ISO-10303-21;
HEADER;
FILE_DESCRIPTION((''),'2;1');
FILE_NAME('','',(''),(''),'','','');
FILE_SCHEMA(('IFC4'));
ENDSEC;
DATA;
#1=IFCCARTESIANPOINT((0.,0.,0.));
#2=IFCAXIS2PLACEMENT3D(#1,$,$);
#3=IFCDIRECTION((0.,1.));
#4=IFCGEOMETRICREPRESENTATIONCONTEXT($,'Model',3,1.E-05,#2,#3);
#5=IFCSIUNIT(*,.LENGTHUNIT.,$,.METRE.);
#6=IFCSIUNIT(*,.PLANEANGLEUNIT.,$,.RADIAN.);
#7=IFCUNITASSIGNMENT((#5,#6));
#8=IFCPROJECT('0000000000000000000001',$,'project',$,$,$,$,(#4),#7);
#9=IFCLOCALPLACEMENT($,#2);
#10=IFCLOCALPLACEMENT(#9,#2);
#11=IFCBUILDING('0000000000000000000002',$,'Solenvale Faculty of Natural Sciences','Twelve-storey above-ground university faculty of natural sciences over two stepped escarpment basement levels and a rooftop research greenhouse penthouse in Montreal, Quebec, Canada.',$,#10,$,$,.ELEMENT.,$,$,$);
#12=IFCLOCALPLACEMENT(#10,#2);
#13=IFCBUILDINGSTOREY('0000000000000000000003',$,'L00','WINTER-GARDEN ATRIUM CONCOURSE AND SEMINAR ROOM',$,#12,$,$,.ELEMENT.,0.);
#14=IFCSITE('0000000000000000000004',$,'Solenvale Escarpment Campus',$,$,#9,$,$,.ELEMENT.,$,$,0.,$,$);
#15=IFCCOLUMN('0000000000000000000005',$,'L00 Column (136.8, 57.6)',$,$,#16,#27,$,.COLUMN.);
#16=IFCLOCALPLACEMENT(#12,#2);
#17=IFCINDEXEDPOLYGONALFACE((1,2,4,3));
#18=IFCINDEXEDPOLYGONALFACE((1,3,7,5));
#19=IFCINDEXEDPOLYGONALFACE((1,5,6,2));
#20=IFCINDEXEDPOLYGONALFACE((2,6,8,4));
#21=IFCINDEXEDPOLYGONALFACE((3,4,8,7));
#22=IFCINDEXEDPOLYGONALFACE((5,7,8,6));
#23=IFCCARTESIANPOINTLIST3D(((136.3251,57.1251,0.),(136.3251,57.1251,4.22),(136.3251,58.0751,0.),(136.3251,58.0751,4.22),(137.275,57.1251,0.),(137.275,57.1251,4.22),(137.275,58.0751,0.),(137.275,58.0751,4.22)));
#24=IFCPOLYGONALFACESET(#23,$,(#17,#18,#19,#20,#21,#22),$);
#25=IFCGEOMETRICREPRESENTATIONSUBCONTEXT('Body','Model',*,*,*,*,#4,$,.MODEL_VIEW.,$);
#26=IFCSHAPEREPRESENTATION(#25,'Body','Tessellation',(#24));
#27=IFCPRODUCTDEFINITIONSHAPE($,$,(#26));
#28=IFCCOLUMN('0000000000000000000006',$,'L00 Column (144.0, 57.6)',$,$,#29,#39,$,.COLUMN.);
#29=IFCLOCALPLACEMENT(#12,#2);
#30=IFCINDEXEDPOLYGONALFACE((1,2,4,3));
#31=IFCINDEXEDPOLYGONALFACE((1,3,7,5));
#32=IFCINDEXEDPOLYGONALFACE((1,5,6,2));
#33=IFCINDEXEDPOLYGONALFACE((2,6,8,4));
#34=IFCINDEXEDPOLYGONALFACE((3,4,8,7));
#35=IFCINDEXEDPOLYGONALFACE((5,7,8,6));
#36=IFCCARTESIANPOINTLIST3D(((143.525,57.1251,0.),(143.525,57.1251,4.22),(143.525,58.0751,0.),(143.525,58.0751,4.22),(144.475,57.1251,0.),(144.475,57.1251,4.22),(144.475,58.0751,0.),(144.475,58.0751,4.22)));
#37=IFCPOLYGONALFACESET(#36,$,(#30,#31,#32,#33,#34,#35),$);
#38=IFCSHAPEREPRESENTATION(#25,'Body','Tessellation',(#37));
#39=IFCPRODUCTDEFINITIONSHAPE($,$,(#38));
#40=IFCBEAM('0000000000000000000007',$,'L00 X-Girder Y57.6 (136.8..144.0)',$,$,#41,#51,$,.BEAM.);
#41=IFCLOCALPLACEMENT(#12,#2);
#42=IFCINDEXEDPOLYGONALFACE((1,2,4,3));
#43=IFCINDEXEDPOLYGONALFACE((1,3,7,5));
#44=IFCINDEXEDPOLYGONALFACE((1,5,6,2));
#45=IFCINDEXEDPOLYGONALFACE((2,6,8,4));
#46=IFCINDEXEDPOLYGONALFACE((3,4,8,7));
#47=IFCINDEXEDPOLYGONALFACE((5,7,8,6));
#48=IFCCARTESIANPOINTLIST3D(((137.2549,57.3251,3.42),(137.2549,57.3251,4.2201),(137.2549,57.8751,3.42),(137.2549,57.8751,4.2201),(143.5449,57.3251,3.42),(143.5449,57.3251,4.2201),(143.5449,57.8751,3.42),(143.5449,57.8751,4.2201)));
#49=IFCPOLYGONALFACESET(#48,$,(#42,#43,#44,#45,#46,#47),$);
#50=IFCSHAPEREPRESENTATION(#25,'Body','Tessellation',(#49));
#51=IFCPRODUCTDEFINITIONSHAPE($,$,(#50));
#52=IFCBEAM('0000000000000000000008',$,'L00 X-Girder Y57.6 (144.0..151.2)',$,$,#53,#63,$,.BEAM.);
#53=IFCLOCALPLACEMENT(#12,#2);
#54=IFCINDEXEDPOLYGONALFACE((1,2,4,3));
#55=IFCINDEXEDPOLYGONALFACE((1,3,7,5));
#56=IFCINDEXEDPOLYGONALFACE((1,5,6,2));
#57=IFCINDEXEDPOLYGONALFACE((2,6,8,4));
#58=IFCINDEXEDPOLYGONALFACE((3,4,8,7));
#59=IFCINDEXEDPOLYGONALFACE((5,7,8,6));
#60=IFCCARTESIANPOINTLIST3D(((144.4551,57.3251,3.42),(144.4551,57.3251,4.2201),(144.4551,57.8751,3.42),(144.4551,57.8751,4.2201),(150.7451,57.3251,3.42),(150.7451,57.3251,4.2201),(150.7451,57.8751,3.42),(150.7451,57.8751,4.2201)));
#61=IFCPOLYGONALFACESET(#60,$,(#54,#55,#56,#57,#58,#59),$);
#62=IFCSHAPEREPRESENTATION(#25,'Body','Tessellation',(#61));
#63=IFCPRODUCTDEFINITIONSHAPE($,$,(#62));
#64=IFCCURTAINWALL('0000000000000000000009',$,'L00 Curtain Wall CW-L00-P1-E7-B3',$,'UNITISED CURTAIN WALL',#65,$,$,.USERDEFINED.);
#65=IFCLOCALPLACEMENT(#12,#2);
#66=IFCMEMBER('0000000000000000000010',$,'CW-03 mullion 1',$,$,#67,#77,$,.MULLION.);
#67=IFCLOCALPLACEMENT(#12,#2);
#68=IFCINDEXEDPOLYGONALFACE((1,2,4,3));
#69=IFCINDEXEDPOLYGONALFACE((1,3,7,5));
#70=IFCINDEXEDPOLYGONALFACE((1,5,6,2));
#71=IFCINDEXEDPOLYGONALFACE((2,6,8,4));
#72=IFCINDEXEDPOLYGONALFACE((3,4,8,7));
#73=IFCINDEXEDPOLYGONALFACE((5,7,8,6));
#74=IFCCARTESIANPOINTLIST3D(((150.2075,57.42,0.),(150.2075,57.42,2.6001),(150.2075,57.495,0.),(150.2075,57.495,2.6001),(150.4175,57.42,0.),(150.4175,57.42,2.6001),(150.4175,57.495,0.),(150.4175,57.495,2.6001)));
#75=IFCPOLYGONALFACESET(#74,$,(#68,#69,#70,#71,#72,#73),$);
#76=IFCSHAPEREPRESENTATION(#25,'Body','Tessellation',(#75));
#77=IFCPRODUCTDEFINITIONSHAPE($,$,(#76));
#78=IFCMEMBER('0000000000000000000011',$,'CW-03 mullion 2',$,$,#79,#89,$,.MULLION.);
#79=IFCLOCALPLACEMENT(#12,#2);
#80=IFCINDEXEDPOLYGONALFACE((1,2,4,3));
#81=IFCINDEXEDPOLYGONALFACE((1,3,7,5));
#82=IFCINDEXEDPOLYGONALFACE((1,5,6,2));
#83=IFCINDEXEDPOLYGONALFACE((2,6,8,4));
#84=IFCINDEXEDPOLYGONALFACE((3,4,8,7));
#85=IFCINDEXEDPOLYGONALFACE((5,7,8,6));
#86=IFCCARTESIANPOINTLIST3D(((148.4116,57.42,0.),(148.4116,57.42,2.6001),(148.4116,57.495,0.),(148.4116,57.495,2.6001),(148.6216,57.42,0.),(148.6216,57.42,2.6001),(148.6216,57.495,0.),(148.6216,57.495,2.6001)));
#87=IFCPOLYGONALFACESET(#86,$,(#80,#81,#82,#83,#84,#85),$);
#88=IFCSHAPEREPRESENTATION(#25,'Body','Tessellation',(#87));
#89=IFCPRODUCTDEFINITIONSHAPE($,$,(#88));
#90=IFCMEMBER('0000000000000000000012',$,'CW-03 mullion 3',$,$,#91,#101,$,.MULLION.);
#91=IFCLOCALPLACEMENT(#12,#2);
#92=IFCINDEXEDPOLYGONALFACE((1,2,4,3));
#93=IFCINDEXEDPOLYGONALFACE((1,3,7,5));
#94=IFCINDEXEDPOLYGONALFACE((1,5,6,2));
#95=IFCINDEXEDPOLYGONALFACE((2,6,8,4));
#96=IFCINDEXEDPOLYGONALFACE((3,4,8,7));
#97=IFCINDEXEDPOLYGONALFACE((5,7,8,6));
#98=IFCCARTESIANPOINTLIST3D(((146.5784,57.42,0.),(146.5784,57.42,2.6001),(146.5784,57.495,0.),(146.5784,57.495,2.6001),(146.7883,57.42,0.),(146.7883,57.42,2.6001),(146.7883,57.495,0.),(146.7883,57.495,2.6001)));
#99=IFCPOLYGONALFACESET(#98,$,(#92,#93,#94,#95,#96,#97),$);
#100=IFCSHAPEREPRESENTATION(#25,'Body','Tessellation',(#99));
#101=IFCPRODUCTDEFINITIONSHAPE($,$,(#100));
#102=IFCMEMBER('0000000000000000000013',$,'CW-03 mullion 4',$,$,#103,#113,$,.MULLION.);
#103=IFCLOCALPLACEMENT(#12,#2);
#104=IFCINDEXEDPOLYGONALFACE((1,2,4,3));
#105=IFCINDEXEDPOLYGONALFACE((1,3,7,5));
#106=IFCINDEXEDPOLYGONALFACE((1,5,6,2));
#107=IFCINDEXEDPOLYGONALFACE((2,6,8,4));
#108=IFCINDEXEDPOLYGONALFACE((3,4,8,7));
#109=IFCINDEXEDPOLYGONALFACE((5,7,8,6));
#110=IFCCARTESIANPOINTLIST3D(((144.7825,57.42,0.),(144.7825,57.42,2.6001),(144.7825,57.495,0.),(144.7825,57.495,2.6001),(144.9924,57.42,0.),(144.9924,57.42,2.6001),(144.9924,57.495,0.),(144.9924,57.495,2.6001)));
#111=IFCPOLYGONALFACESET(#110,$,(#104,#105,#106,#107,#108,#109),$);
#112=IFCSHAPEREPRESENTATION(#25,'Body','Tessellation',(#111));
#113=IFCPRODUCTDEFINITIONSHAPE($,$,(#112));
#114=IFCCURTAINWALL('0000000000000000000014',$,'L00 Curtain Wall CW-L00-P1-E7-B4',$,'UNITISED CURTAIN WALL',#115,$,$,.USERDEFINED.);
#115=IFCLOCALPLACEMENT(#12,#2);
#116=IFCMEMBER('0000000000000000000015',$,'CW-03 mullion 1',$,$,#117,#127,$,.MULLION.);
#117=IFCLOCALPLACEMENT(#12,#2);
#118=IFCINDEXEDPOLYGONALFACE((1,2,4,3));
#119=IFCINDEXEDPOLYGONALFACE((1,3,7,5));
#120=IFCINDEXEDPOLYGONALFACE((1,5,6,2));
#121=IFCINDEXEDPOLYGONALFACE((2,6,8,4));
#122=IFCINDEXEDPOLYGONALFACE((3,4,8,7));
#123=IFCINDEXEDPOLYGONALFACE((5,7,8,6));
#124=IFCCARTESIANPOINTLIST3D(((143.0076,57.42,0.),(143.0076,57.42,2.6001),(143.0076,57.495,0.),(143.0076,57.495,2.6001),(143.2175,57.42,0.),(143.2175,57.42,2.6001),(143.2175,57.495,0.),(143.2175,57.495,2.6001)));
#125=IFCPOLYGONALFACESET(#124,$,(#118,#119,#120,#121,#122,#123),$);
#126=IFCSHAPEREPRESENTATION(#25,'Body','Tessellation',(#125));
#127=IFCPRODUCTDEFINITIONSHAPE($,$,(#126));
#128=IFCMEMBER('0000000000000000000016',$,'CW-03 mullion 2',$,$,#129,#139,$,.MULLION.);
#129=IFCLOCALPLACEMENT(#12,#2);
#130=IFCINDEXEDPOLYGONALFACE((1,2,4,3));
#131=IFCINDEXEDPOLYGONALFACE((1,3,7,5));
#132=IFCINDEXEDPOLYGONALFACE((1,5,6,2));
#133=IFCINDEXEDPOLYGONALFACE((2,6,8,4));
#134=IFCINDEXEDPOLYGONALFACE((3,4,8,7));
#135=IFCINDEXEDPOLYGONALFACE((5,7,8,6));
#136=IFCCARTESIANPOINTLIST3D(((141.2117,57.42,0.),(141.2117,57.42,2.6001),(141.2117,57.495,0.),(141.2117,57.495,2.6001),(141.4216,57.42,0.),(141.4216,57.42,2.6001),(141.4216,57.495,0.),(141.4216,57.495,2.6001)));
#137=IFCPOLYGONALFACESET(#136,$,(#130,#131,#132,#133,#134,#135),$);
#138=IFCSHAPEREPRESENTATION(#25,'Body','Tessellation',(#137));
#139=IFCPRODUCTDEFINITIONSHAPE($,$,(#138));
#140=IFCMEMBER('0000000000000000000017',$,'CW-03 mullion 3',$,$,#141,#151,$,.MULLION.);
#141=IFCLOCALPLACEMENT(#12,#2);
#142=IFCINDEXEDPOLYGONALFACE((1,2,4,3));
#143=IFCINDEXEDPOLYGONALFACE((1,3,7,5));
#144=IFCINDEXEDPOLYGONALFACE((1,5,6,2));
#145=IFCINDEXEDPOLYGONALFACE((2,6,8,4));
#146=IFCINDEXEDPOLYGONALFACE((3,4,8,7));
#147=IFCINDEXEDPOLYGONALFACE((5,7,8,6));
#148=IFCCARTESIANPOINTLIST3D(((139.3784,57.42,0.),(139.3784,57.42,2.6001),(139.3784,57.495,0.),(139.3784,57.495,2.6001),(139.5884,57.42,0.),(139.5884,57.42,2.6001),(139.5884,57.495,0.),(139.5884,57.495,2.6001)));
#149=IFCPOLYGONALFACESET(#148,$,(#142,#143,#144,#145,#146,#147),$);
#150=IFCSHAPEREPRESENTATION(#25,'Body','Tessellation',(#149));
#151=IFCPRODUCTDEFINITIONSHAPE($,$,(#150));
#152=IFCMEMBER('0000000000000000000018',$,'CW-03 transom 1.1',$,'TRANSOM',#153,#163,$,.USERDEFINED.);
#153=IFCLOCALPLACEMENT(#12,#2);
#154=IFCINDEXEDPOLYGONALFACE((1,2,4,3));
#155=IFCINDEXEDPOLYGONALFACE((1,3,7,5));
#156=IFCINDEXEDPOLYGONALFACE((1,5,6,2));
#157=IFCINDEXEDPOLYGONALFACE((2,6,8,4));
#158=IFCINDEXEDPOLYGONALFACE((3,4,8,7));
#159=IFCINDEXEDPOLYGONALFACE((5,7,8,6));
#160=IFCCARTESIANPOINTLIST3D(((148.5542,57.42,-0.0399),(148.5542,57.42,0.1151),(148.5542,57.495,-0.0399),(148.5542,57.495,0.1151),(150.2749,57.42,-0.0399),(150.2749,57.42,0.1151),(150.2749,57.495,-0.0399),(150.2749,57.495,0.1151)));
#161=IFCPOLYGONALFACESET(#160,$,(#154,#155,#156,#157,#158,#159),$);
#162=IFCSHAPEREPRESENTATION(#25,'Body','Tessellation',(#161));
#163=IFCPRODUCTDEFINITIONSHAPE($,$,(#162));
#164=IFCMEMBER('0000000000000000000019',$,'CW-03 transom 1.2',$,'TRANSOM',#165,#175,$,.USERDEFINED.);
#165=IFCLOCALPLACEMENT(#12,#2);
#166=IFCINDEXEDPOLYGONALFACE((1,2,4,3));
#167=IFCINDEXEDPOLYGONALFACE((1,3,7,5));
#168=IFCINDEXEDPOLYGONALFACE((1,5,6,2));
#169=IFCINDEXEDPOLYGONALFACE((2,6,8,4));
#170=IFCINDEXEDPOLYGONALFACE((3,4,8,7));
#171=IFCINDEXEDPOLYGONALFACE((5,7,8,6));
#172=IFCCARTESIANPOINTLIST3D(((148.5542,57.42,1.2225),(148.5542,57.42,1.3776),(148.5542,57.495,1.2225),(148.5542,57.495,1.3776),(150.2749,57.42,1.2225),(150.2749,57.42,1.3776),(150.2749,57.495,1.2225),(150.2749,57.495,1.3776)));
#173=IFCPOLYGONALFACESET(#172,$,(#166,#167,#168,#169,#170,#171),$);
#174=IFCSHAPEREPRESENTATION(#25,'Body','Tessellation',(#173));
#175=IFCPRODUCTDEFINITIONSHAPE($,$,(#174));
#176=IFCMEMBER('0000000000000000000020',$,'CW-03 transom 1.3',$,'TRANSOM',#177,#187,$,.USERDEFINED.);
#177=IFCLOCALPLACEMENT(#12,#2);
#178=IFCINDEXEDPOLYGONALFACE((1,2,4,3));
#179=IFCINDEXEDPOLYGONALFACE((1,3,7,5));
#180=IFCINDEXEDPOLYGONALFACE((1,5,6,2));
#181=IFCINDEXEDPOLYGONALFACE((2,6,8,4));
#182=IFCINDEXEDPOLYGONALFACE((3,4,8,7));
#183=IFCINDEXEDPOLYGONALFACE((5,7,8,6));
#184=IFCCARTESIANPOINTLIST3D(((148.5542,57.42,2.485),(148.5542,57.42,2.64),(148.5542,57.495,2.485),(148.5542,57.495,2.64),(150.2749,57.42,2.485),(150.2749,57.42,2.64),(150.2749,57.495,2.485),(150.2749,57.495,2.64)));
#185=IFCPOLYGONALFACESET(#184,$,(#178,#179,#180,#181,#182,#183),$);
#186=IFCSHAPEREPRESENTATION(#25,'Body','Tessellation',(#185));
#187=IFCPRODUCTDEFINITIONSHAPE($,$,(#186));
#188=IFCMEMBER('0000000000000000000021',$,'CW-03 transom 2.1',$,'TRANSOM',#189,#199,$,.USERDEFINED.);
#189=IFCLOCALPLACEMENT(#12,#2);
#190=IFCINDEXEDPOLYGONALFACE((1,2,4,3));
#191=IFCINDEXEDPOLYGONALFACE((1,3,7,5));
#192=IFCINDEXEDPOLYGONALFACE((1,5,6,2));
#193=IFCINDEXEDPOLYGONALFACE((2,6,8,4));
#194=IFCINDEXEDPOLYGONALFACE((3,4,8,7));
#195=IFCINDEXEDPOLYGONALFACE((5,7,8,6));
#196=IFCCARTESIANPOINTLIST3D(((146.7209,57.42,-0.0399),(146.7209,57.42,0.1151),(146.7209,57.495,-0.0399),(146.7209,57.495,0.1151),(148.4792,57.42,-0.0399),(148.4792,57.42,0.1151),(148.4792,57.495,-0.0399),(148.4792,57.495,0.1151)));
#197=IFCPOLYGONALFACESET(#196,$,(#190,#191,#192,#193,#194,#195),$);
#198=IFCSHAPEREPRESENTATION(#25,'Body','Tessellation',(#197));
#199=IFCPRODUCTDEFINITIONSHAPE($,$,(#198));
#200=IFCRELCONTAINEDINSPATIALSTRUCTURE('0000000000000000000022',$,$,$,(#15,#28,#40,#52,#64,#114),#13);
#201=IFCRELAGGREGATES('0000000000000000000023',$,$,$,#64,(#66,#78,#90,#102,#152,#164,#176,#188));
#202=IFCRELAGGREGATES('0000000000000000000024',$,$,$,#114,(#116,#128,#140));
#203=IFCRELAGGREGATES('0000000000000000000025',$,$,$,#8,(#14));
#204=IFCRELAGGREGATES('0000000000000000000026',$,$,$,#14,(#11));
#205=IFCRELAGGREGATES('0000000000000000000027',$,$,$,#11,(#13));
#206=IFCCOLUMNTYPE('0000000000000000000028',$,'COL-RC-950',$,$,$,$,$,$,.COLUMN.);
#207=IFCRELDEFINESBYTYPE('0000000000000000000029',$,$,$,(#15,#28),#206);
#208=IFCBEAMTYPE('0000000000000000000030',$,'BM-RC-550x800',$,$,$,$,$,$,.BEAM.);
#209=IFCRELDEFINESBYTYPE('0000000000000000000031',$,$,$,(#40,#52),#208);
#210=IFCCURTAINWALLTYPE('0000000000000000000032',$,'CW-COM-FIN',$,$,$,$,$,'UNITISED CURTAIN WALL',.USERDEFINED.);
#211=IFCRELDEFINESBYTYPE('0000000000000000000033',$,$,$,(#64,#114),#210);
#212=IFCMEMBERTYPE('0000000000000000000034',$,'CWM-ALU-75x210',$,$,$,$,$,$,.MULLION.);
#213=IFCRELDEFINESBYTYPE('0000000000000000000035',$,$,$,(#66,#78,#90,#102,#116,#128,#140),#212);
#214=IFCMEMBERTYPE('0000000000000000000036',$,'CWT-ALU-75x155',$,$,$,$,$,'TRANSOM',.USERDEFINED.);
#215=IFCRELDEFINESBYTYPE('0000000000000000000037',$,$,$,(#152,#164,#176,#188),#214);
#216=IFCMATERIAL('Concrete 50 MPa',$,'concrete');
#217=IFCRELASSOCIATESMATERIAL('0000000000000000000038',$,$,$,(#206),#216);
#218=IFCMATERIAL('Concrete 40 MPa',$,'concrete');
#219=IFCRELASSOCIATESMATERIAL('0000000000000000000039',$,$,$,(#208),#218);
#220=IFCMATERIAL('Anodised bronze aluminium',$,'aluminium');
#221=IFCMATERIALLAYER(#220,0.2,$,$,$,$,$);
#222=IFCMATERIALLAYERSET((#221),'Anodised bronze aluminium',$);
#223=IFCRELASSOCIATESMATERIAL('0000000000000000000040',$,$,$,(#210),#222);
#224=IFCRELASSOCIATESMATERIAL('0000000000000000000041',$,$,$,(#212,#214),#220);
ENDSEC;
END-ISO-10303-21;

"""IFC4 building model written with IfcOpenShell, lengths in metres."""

from ifc_helpers import new_model, si_unit, direction, frame, origin, origin_2d, place, context, subcontext, project, spatial, rectangle, extrude, material, layer, layer_set, material_profile, profile_set, type_object, element, aggregate, save


model = new_model("IFC4")

# Units and contexts
model_context = context("Model", 3, precision=1e-05, world=origin(), true_north=direction((0.0, 1.0)))
body_context = subcontext(model_context, "Body", "Model", "MODEL_VIEW")
ifc_project = project(units=[si_unit("LENGTHUNIT", "METRE"), si_unit("PLANEANGLEUNIT", "RADIAN")], contexts=[model_context])

# Site, building, storey
site_placement = place(None, origin())
site = spatial("IfcSite", under=ifc_project, at=site_placement, Name="Solenvale Escarpment Campus", CompositionType="ELEMENT", RefElevation=0.0)
building_placement = place(site_placement, origin())
building = spatial("IfcBuilding", under=site, at=building_placement, Name="Solenvale Faculty of Natural Sciences", Description="Twelve-storey above-ground university faculty of natural sciences over two stepped escarpment basement levels and a rooftop research greenhouse penthouse in Montreal, Quebec, Canada.", CompositionType="ELEMENT")
storey_placement = place(building_placement, origin())
storey = spatial("IfcBuildingStorey", under=building, at=storey_placement, Name="L00", Description="WINTER-GARDEN ATRIUM CONCOURSE AND SEMINAR ROOM", CompositionType="ELEMENT", Elevation=0.0)

# Columns
ifc_material_1 = material(Name="Concrete 50 MPa", Category="concrete")
ifc_material_profile_1 = material_profile(ifc_material_1, rectangle(XDim=0.95, YDim=0.95, at=origin_2d()), Name="RC-COL-950x950")
ifc_profile_set_1 = profile_set([ifc_material_profile_1], Name="Concrete 50 MPa")
column_type = type_object("IfcColumnType", Name="COL-RC-950", PredefinedType="COLUMN", material=ifc_profile_set_1)
for number, where, z_axis, x_axis, name in (
    (1, (136.8, 57.6001, 0.0), (0.0, 0.0, 1.0), (1.0, 0.0, 0.0), "L00 Column (136.8, 57.6)"),
    (2, (144.0, 57.6001, 0.0), (0.0, 0.0, 1.0), (1.0, 0.0, 0.0), "L00 Column (144.0, 57.6)"),
):
    element("IfcColumn", number, at=place(storey_placement, frame(where, z_axis=z_axis, x_axis=x_axis)), inside=storey, type_object=column_type, Name=name, PredefinedType="COLUMN", context=body_context, shape_type="SweptSolid", body=[
        extrude(rectangle(XDim=0.95, YDim=0.95, at=origin_2d()), origin(), (0.0, 0.0, 1.0), 4.22),
    ])

# Beams
ifc_material_2 = material(Name="Concrete 40 MPa", Category="concrete")
ifc_material_profile_2 = material_profile(ifc_material_2, rectangle(XDim=0.55, YDim=0.8, at=origin_2d()), Name="RC-BM-550x800")
ifc_profile_set_2 = profile_set([ifc_material_profile_2], Name="Concrete 40 MPa")
beam_type = type_object("IfcBeamType", Name="BM-RC-550x800", PredefinedType="BEAM", material=ifc_profile_set_2)
for number, where, z_axis, x_axis, name in (
    (3, (137.2549, 57.6001, 3.8201), (1.0, 0.0, 0.0), (0.0, 1.0, 0.0), "L00 X-Girder Y57.6 (136.8..144.0)"),
    (4, (144.4551, 57.6001, 3.8201), (1.0, 0.0, 0.0), (0.0, 1.0, 0.0), "L00 X-Girder Y57.6 (144.0..151.2)"),
):
    element("IfcBeam", number, at=place(storey_placement, frame(where, z_axis=z_axis, x_axis=x_axis)), inside=storey, type_object=beam_type, Name=name, PredefinedType="BEAM", context=body_context, shape_type="SweptSolid", body=[
        extrude(rectangle(XDim=0.55, YDim=0.8, at=origin_2d()), origin(), (0.0, 0.0, 1.0), 6.29),
    ])

# Curtain walls, members
ifc_material_3 = material(Name="Anodised bronze aluminium", Category="aluminium")
ifc_layer_1 = layer(ifc_material_3, 0.2)
ifc_layer_set_1 = layer_set([ifc_layer_1], Name="Anodised bronze aluminium")
curtain_wall_type = type_object("IfcCurtainWallType", Name="CW-COM-FIN", ElementType="UNITISED CURTAIN WALL", PredefinedType="USERDEFINED", material=ifc_layer_set_1)
curtain_wall_1_placement = place(storey_placement, origin())
curtain_wall_1 = element("IfcCurtainWall", 5, at=curtain_wall_1_placement, inside=storey, type_object=curtain_wall_type, Name="L00 Curtain Wall CW-L00-P1-E7-B3", ObjectType="UNITISED CURTAIN WALL", PredefinedType="USERDEFINED")
ifc_material_profile_3 = material_profile(ifc_material_3, rectangle(XDim=0.075, YDim=0.21, at=origin_2d()), Name="ALU-MUL-75x210")
ifc_profile_set_3 = profile_set([ifc_material_profile_3], Name="Anodised bronze aluminium")
member_type_1 = type_object("IfcMemberType", Name="CWM-ALU-75x210", PredefinedType="MULLION", material=ifc_profile_set_3)
member_1_placement = place(storey_placement, frame((150.3125, 57.4575, 0.0), z_axis=(0.0, 0.0, 1.0), x_axis=(0.0, -1.0, 0.0)))
member_1 = element("IfcMember", 6, at=member_1_placement, type_object=member_type_1, Name="CW-03 mullion 1", PredefinedType="MULLION", context=body_context, shape_type="SweptSolid", body=[
    extrude(rectangle(XDim=0.075, YDim=0.21, at=origin_2d()), origin(), (0.0, 0.0, 1.0), 2.6001),
])
member_2_placement = place(storey_placement, frame((148.5166, 57.4575, 0.0), z_axis=(0.0, 0.0, 1.0), x_axis=(0.0, -1.0, 0.0)))
member_2 = element("IfcMember", 7, at=member_2_placement, type_object=member_type_1, Name="CW-03 mullion 2", PredefinedType="MULLION", context=body_context, shape_type="SweptSolid", body=[
    extrude(rectangle(XDim=0.075, YDim=0.21, at=origin_2d()), origin(), (0.0, 0.0, 1.0), 2.6001),
])
member_3_placement = place(storey_placement, frame((146.6833, 57.4575, 0.0), z_axis=(0.0, 0.0, 1.0), x_axis=(0.0, -1.0, 0.0)))
member_3 = element("IfcMember", 8, at=member_3_placement, type_object=member_type_1, Name="CW-03 mullion 3", PredefinedType="MULLION", context=body_context, shape_type="SweptSolid", body=[
    extrude(rectangle(XDim=0.075, YDim=0.21, at=origin_2d()), origin(), (0.0, 0.0, 1.0), 2.6001),
])
member_4_placement = place(storey_placement, frame((144.8875, 57.4575, 0.0), z_axis=(0.0, 0.0, 1.0), x_axis=(0.0, -1.0, 0.0)))
member_4 = element("IfcMember", 9, at=member_4_placement, type_object=member_type_1, Name="CW-03 mullion 4", PredefinedType="MULLION", context=body_context, shape_type="SweptSolid", body=[
    extrude(rectangle(XDim=0.075, YDim=0.21, at=origin_2d()), origin(), (0.0, 0.0, 1.0), 2.6001),
])
curtain_wall_2_placement = place(storey_placement, origin())
curtain_wall_2 = element("IfcCurtainWall", 10, at=curtain_wall_2_placement, inside=storey, type_object=curtain_wall_type, Name="L00 Curtain Wall CW-L00-P1-E7-B4", ObjectType="UNITISED CURTAIN WALL", PredefinedType="USERDEFINED")
member_5_placement = place(storey_placement, frame((143.1125, 57.4575, 0.0), z_axis=(0.0, 0.0, 1.0), x_axis=(0.0, -1.0, 0.0)))
member_5 = element("IfcMember", 11, at=member_5_placement, type_object=member_type_1, Name="CW-03 mullion 1", PredefinedType="MULLION", context=body_context, shape_type="SweptSolid", body=[
    extrude(rectangle(XDim=0.075, YDim=0.21, at=origin_2d()), origin(), (0.0, 0.0, 1.0), 2.6001),
])
member_6_placement = place(storey_placement, frame((141.3167, 57.4575, 0.0), z_axis=(0.0, 0.0, 1.0), x_axis=(0.0, -1.0, 0.0)))
member_6 = element("IfcMember", 12, at=member_6_placement, type_object=member_type_1, Name="CW-03 mullion 2", PredefinedType="MULLION", context=body_context, shape_type="SweptSolid", body=[
    extrude(rectangle(XDim=0.075, YDim=0.21, at=origin_2d()), origin(), (0.0, 0.0, 1.0), 2.6001),
])
member_7_placement = place(storey_placement, frame((139.4834, 57.4575, 0.0), z_axis=(0.0, 0.0, 1.0), x_axis=(0.0, -1.0, 0.0)))
member_7 = element("IfcMember", 13, at=member_7_placement, type_object=member_type_1, Name="CW-03 mullion 3", PredefinedType="MULLION", context=body_context, shape_type="SweptSolid", body=[
    extrude(rectangle(XDim=0.075, YDim=0.21, at=origin_2d()), origin(), (0.0, 0.0, 1.0), 2.6001),
])

# Members
ifc_material_profile_4 = material_profile(ifc_material_3, rectangle(XDim=0.075, YDim=0.155, at=origin_2d()), Name="ALU-TRN-75x155")
ifc_profile_set_4 = profile_set([ifc_material_profile_4], Name="Anodised bronze aluminium")
member_type_2 = type_object("IfcMemberType", Name="CWT-ALU-75x155", ElementType="TRANSOM", PredefinedType="USERDEFINED", material=ifc_profile_set_4)
member_8_placement = place(storey_placement, frame((150.2749, 57.4575, 0.0376), z_axis=(-1.0, 0.0, 0.0), x_axis=(0.0, -1.0, 0.0)))
member_8 = element("IfcMember", 14, at=member_8_placement, type_object=member_type_2, Name="CW-03 transom 1.1", ObjectType="TRANSOM", PredefinedType="USERDEFINED", context=body_context, shape_type="SweptSolid", body=[
    extrude(rectangle(XDim=0.075, YDim=0.155, at=origin_2d()), origin(), (0.0, 0.0, 1.0), 1.7207),
])
member_9_placement = place(storey_placement, frame((150.2749, 57.4575, 1.3), z_axis=(-1.0, 0.0, 0.0), x_axis=(0.0, -1.0, 0.0)))
member_9 = element("IfcMember", 15, at=member_9_placement, type_object=member_type_2, Name="CW-03 transom 1.2", ObjectType="TRANSOM", PredefinedType="USERDEFINED", context=body_context, shape_type="SweptSolid", body=[
    extrude(rectangle(XDim=0.075, YDim=0.155, at=origin_2d()), origin(), (0.0, 0.0, 1.0), 1.7207),
])
member_10_placement = place(storey_placement, frame((150.2749, 57.4575, 2.5625), z_axis=(-1.0, 0.0, 0.0), x_axis=(0.0, -1.0, 0.0)))
member_10 = element("IfcMember", 16, at=member_10_placement, type_object=member_type_2, Name="CW-03 transom 1.3", ObjectType="TRANSOM", PredefinedType="USERDEFINED", context=body_context, shape_type="SweptSolid", body=[
    extrude(rectangle(XDim=0.075, YDim=0.155, at=origin_2d()), origin(), (0.0, 0.0, 1.0), 1.7207),
])
member_11_placement = place(storey_placement, frame((148.4792, 57.4575, 0.0376), z_axis=(-1.0, 0.0, 0.0), x_axis=(0.0, -1.0, 0.0)))
member_11 = element("IfcMember", 17, at=member_11_placement, type_object=member_type_2, Name="CW-03 transom 2.1", ObjectType="TRANSOM", PredefinedType="USERDEFINED", context=body_context, shape_type="SweptSolid", body=[
    extrude(rectangle(XDim=0.075, YDim=0.155, at=origin_2d()), origin(), (0.0, 0.0, 1.0), 1.7583),
])

aggregate(curtain_wall_1, [member_1, member_2, member_3, member_4, member_8, member_9, member_10, member_11])
aggregate(curtain_wall_2, [member_5, member_6, member_7])

save(model, "model.ifc")
